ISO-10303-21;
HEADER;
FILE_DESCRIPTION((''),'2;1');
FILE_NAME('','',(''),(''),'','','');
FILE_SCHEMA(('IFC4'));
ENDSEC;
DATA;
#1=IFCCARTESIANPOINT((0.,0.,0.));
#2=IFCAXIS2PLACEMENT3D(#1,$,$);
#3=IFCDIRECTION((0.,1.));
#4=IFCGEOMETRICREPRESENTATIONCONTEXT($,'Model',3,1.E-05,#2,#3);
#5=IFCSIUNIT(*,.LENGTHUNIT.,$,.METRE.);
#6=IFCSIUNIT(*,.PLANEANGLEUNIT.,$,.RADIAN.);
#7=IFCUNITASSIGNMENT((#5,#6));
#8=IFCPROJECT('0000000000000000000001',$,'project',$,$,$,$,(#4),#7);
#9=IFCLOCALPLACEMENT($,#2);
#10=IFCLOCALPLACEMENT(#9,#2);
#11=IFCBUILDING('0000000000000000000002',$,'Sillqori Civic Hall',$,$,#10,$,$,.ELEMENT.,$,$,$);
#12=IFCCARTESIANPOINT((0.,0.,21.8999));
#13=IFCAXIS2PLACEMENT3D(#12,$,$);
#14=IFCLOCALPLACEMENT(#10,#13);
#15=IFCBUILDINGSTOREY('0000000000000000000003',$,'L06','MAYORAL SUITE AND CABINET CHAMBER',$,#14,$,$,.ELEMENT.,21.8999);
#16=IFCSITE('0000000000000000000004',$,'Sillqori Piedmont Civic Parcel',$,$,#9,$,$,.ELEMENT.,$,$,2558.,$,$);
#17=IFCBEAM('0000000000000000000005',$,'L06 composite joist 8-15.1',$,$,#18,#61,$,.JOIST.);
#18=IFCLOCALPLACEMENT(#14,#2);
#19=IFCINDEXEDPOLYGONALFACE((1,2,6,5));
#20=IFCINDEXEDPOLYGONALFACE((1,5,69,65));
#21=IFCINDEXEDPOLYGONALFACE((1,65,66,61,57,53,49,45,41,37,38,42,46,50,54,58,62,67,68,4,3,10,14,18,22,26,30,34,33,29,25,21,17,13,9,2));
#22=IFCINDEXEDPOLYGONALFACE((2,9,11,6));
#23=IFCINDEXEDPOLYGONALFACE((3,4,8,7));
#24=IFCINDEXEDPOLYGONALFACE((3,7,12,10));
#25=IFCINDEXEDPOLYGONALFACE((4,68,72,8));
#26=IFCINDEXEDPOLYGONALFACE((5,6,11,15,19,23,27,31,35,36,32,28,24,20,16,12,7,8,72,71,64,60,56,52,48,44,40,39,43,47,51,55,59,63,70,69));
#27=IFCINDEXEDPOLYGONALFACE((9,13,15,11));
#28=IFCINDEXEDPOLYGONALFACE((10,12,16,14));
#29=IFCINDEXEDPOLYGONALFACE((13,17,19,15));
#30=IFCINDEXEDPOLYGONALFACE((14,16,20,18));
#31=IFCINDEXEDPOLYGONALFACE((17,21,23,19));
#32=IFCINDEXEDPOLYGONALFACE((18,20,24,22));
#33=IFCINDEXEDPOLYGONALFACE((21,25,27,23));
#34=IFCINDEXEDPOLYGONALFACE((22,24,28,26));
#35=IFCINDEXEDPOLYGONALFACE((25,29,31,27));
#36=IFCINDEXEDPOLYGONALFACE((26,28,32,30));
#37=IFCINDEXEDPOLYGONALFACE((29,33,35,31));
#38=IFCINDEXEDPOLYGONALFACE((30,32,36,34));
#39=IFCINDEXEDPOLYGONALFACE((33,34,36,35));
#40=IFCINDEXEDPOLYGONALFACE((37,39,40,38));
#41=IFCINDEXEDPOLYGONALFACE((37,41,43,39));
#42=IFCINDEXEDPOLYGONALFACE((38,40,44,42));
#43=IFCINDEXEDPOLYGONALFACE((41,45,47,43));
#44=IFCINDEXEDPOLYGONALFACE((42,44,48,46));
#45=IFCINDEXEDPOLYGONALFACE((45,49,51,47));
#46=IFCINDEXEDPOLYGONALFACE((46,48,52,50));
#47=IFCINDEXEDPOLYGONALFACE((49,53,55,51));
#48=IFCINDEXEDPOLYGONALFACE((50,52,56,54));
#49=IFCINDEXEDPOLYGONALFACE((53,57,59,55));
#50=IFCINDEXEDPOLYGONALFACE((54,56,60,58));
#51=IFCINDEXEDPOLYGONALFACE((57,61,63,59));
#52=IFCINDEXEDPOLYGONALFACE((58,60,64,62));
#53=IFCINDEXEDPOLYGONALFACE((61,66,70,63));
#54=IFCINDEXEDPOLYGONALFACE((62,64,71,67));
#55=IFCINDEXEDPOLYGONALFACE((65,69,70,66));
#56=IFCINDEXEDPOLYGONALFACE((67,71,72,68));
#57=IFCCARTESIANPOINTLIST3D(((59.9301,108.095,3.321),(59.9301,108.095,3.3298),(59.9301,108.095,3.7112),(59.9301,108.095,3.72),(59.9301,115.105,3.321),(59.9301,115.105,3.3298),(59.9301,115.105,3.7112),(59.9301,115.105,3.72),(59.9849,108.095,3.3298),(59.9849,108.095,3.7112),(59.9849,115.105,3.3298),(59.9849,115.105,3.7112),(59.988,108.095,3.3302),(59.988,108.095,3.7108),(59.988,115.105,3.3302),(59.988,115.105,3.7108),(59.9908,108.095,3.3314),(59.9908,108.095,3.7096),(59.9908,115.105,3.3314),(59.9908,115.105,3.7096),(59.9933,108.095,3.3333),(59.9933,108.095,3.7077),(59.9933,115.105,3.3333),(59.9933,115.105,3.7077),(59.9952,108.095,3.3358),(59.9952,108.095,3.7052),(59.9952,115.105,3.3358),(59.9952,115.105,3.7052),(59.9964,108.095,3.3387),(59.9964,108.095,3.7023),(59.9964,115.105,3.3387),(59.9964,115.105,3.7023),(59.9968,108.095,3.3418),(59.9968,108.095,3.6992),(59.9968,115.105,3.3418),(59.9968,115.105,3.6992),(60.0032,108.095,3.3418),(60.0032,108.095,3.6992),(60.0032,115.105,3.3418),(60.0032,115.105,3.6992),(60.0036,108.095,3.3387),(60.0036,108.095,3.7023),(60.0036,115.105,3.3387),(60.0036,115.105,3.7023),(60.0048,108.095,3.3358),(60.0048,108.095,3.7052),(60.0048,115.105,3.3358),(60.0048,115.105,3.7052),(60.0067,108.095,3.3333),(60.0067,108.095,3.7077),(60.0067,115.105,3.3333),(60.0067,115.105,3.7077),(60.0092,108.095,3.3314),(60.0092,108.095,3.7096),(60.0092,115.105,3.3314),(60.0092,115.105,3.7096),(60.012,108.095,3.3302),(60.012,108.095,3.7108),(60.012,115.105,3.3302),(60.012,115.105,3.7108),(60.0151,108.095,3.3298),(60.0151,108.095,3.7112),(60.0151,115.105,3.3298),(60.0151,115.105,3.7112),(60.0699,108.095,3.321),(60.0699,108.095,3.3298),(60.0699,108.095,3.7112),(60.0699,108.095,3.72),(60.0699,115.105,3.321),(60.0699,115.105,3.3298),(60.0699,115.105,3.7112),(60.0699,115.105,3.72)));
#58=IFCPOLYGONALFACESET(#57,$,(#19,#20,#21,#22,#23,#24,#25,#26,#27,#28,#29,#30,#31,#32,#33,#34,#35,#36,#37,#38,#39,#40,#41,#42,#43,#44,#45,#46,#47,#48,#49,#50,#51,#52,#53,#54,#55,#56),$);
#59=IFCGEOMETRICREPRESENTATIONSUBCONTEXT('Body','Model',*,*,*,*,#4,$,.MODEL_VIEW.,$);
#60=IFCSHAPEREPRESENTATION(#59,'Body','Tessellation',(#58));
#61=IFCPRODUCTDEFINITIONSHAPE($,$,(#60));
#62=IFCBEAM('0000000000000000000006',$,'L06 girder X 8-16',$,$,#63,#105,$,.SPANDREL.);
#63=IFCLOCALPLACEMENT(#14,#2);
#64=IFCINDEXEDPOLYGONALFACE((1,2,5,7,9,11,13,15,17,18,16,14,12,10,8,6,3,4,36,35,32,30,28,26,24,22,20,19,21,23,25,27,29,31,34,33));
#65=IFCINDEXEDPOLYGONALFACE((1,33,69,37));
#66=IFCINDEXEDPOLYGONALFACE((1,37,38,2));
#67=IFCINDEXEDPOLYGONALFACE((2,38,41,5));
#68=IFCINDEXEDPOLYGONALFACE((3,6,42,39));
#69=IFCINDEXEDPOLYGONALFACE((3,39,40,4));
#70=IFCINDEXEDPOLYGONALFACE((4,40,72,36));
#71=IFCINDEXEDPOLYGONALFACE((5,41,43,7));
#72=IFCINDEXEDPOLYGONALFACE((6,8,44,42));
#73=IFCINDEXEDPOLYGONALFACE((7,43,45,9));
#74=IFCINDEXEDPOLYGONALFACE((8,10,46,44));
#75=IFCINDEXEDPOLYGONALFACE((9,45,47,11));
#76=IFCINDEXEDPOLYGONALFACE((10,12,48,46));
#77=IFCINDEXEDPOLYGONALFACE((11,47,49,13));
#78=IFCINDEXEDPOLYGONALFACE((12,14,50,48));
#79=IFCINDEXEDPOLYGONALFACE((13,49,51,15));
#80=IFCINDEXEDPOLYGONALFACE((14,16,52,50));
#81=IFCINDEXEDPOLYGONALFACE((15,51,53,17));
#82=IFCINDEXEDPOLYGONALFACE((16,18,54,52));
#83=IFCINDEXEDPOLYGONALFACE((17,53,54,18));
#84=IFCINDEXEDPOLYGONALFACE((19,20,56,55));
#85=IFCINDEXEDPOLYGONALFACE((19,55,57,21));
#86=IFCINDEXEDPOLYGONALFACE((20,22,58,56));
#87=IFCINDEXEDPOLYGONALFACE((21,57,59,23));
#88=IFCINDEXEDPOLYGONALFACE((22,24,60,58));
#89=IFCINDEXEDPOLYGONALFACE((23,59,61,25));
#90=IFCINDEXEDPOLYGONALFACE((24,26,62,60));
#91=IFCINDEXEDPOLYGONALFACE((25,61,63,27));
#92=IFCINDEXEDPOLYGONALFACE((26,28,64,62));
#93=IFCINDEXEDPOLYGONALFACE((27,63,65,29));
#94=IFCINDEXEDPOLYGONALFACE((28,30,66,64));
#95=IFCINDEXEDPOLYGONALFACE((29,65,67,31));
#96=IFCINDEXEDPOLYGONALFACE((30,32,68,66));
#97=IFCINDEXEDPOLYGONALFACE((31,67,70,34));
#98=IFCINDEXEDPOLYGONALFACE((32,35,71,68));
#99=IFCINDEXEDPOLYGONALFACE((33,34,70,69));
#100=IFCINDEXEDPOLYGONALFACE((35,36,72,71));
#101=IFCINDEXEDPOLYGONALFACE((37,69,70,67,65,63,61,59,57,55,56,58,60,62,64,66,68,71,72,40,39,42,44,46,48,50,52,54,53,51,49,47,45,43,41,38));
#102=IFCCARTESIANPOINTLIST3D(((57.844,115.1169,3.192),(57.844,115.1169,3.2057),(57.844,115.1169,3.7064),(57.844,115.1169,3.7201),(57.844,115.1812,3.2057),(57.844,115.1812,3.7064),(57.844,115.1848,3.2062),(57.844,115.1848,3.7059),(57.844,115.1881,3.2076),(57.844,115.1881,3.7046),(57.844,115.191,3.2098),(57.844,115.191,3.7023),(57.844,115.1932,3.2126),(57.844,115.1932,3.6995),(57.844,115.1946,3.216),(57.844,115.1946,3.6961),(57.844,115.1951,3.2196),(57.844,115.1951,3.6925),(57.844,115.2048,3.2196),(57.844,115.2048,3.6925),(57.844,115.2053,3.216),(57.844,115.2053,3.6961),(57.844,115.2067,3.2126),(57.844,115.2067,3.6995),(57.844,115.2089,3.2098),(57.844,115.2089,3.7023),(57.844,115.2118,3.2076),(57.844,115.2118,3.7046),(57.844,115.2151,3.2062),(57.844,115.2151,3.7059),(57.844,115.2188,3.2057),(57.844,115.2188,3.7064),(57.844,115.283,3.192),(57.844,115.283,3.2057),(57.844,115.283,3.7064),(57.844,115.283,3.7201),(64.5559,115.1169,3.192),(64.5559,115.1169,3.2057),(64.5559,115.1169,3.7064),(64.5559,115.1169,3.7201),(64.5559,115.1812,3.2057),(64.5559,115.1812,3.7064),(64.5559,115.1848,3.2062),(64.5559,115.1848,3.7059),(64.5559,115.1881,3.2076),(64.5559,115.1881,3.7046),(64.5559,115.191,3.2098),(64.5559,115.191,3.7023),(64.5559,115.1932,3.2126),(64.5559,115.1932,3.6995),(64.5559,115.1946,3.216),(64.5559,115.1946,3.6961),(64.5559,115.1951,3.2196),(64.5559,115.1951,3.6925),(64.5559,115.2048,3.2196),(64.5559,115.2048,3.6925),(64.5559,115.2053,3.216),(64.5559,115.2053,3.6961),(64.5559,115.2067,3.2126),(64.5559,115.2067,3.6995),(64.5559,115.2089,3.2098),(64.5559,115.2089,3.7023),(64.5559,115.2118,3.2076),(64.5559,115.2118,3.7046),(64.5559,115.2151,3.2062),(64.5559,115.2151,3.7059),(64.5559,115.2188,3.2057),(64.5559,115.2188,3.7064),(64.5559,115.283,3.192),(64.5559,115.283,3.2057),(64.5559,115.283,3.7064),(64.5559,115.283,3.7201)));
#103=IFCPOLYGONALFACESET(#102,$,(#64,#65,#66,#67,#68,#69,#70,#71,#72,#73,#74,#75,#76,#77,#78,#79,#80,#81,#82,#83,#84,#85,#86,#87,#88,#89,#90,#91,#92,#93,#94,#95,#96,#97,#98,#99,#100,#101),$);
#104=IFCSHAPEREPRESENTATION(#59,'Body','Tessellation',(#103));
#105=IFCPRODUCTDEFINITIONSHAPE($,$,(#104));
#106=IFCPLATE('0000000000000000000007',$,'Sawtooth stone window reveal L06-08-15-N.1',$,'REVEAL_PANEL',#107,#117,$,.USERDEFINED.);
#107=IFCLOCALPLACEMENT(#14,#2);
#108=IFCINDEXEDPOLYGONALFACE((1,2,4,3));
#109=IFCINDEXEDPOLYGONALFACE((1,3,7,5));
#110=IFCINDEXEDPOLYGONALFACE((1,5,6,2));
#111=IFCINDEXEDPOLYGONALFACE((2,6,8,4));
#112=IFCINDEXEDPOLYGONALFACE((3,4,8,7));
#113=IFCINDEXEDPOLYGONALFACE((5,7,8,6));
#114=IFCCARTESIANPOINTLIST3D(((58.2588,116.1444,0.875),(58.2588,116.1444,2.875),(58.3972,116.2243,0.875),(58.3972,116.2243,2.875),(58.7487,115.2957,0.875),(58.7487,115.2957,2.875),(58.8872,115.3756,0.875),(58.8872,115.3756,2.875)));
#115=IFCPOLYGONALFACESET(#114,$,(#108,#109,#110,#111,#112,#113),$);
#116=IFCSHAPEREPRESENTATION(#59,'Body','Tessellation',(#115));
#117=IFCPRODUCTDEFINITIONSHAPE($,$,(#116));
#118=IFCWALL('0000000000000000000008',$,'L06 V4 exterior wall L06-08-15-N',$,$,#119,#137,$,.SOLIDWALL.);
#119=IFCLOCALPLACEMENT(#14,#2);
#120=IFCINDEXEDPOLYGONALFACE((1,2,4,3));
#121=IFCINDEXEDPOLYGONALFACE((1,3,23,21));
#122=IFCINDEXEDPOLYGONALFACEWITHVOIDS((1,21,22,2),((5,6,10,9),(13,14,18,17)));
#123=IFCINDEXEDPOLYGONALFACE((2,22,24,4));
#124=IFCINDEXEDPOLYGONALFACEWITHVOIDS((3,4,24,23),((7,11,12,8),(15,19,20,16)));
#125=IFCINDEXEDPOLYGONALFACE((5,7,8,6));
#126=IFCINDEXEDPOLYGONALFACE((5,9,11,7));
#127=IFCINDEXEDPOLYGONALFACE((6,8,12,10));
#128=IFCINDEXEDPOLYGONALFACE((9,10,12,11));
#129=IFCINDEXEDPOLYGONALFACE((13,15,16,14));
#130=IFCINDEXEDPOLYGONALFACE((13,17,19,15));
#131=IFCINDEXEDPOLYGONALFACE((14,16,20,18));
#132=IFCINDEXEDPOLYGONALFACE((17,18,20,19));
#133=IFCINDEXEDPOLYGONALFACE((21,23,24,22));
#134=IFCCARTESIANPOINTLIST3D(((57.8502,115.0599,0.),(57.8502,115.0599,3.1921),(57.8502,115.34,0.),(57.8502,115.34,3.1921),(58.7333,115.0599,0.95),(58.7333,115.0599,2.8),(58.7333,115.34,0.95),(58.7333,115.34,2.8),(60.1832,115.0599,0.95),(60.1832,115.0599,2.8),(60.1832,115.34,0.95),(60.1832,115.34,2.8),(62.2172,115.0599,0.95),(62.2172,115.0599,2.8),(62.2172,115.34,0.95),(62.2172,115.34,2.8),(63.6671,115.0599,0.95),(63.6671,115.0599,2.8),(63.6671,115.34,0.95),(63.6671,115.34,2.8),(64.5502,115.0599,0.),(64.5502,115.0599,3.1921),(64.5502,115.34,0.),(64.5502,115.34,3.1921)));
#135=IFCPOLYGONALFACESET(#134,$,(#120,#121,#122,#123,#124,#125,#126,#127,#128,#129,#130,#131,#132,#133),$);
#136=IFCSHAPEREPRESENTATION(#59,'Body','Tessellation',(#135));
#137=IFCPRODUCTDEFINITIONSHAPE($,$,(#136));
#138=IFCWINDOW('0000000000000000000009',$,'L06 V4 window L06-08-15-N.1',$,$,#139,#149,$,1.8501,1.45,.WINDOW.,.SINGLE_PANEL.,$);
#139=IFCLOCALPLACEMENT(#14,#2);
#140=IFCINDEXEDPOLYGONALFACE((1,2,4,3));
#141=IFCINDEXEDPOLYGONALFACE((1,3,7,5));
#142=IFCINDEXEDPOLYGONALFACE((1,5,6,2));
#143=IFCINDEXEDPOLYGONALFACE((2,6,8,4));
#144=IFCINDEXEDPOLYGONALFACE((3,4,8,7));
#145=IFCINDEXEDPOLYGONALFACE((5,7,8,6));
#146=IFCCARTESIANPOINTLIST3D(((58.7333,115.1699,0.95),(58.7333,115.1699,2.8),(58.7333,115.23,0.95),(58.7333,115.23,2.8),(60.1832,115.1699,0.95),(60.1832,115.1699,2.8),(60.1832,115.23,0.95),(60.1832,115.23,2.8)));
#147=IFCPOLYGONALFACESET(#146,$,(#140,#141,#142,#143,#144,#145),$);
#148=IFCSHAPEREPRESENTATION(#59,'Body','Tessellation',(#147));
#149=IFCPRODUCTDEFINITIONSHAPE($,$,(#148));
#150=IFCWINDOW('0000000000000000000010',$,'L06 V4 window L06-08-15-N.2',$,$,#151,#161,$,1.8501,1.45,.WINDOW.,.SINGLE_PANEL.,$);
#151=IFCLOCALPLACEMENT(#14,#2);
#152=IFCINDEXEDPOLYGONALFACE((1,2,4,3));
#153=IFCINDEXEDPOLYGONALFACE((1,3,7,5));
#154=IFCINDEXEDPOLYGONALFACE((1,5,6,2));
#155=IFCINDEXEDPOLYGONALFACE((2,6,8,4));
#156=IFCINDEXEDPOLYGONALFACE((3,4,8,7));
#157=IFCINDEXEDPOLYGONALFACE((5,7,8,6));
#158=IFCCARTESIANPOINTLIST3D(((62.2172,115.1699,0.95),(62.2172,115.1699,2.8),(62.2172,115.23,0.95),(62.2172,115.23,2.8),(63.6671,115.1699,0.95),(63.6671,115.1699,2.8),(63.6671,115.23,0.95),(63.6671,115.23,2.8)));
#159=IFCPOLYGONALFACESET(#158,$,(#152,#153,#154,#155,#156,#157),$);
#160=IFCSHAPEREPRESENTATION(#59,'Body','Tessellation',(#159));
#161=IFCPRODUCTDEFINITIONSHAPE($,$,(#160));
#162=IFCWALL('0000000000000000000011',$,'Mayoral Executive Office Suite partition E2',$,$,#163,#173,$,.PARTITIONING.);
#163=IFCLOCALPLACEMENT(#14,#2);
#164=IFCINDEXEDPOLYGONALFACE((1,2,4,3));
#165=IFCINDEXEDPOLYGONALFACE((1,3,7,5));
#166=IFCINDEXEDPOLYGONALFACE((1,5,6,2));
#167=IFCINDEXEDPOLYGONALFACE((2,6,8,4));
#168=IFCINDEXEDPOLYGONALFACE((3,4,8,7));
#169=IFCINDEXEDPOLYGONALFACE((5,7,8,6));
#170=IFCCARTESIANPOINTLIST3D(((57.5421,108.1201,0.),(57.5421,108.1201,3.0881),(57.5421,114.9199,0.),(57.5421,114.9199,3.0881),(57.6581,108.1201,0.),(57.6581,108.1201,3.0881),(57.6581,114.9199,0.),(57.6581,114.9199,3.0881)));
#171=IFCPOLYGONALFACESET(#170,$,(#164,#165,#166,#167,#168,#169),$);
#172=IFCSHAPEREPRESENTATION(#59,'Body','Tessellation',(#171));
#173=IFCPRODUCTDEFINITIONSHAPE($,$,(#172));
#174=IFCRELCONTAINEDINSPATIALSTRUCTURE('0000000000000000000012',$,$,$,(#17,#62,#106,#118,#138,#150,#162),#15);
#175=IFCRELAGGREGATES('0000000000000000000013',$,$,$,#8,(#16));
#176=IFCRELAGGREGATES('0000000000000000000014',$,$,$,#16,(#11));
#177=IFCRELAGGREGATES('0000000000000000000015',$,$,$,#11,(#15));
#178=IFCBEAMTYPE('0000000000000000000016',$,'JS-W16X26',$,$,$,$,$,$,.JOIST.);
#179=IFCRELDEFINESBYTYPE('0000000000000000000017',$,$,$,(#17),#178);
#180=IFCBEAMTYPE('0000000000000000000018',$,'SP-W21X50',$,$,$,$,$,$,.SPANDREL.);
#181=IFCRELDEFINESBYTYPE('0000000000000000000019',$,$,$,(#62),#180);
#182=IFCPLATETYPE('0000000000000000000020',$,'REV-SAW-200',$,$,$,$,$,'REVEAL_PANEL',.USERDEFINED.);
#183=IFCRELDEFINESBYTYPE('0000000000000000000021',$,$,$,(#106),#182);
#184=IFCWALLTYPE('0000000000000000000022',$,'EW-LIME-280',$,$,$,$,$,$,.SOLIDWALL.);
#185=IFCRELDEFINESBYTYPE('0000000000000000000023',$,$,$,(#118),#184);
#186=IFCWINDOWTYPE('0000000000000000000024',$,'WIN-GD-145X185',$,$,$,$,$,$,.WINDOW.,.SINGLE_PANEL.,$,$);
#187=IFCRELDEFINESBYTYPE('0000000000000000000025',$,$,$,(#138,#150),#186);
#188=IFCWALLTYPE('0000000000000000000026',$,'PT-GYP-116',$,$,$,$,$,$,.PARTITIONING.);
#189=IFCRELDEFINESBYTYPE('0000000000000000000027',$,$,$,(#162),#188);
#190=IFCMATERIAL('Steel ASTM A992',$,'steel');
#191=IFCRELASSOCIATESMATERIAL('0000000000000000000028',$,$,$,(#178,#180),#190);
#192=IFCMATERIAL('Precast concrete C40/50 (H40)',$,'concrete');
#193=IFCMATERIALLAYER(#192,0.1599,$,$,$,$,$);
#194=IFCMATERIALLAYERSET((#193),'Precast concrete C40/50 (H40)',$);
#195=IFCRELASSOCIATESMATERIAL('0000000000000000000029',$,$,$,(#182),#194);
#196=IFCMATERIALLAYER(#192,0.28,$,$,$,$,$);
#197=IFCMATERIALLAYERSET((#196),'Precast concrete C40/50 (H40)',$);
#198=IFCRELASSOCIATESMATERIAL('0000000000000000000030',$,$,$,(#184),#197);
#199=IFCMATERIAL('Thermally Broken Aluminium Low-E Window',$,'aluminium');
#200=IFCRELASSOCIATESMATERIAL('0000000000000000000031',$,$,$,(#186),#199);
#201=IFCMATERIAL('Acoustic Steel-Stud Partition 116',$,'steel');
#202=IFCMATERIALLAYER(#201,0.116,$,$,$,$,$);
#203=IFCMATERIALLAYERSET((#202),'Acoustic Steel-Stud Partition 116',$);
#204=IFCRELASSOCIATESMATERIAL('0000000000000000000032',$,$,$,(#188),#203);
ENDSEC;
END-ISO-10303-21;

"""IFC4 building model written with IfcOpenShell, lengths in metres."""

from ifc_helpers import new_model, si_unit, direction, frame, frame_2d, origin, origin_2d, place, context, subcontext, project, spatial, rectangle, i_section, extrude, material, layer, layer_set, material_profile, profile_set, type_object, element, fill, save


model = new_model("IFC4")

# Units and contexts
model_context = context("Model", 3, precision=1e-05, world=origin(), true_north=direction((0.0, 1.0)))
body_context = subcontext(model_context, "Body", "Model", "MODEL_VIEW")
ifc_project = project(units=[si_unit("LENGTHUNIT", "METRE"), si_unit("PLANEANGLEUNIT", "RADIAN")], contexts=[model_context])

# Site, building, storey
site_placement = place(None, origin())
site = spatial("IfcSite", under=ifc_project, at=site_placement, Name="Sillqori Piedmont Civic Parcel", CompositionType="ELEMENT", RefElevation=2558.0)
building_placement = place(site_placement, origin())
building = spatial("IfcBuilding", under=site, at=building_placement, Name="Sillqori Civic Hall", CompositionType="ELEMENT")
storey_placement = place(building_placement, frame((0.0, 0.0, 21.8999)))
storey = spatial("IfcBuildingStorey", under=building, at=storey_placement, Name="L06", Description="MAYORAL SUITE AND CABINET CHAMBER", CompositionType="ELEMENT", Elevation=21.8999)

# Shared definitions
ifc_material_1 = material(Name="Steel ASTM A992", Category="steel")

# Beams
ifc_material_profile_1 = material_profile(ifc_material_1, i_section(OverallWidth=0.1399, OverallDepth=0.3989, WebThickness=0.0063, FlangeThickness=0.0088, FilletRadius=0.012, at=origin_2d()), Name="W16X26")
ifc_profile_set_1 = profile_set([ifc_material_profile_1], Name="Steel ASTM A992")
beam_type_1 = type_object("IfcBeamType", Name="JS-W16X26", PredefinedType="JOIST", material=ifc_profile_set_1)
beam_1_placement = place(storey_placement, frame((60.0, 108.095, 3.5205), z_axis=(0.0, 1.0, 0.0), x_axis=(-1.0, 0.0, 0.0)))
element("IfcBeam", 1, at=beam_1_placement, inside=storey, type_object=beam_type_1, Name="L06 composite joist 8-15.1", PredefinedType="JOIST", context=body_context, shape_type="SweptSolid", body=[
    extrude(i_section(OverallWidth=0.1399, OverallDepth=0.3989, WebThickness=0.0063, FlangeThickness=0.0088, FilletRadius=0.012, at=origin_2d()), origin(), (0.0, 0.0, 1.0), 7.01),
])
ifc_material_profile_2 = material_profile(ifc_material_1, i_section(OverallWidth=0.166, OverallDepth=0.5281, WebThickness=0.0098, FlangeThickness=0.0137, FilletRadius=0.0139, at=origin_2d()), Name="W21X50")
ifc_profile_set_2 = profile_set([ifc_material_profile_2], Name="Steel ASTM A992")
beam_type_2 = type_object("IfcBeamType", Name="SP-W21X50", PredefinedType="SPANDREL", material=ifc_profile_set_2)
beam_2_placement = place(storey_placement, frame((57.844, 115.2, 3.4561), z_axis=(1.0, 0.0, 0.0), x_axis=(0.0, 1.0, 0.0)))
element("IfcBeam", 2, at=beam_2_placement, inside=storey, type_object=beam_type_2, Name="L06 girder X 8-16", PredefinedType="SPANDREL", context=body_context, shape_type="SweptSolid", body=[
    extrude(i_section(OverallWidth=0.166, OverallDepth=0.5281, WebThickness=0.0098, FlangeThickness=0.0137, FilletRadius=0.0139, at=origin_2d()), origin(), (0.0, 0.0, 1.0), 6.7119),
])

# Plate
ifc_material_2 = material(Name="Precast concrete C40/50 (H40)", Category="concrete")
ifc_layer_1 = layer(ifc_material_2, 0.1599)
ifc_layer_set_1 = layer_set([ifc_layer_1], Name="Precast concrete C40/50 (H40)")
plate_type = type_object("IfcPlateType", Name="REV-SAW-200", ElementType="REVEAL_PANEL", PredefinedType="USERDEFINED", material=ifc_layer_set_1)
plate_placement = place(storey_placement, frame((58.573, 115.76, 0.875), z_axis=(0.0, 0.0, 1.0), x_axis=(0.866025, 0.5, 0.0)))
element("IfcPlate", 3, at=plate_placement, inside=storey, type_object=plate_type, Name="Sawtooth stone window reveal L06-08-15-N.1", ObjectType="REVEAL_PANEL", PredefinedType="USERDEFINED", context=body_context, shape_type="SweptSolid", body=[
    extrude(rectangle(XDim=0.1599, YDim=0.98, at=origin_2d()), origin(), (0.0, 0.0, 1.0), 2.0),
])

# Wall, openings, windows
ifc_layer_2 = layer(ifc_material_2, 0.28)
ifc_layer_set_2 = layer_set([ifc_layer_2], Name="Precast concrete C40/50 (H40)")
wall_type_1 = type_object("IfcWallType", Name="EW-LIME-280", PredefinedType="SOLIDWALL", material=ifc_layer_set_2)
wall_1_placement = place(storey_placement, frame((57.8501, 115.2, 0.0), z_axis=(0.0, 0.0, 1.0), x_axis=(1.0, 0.0, 0.0)))
wall_1 = element("IfcWall", 4, at=wall_1_placement, inside=storey, type_object=wall_type_1, Name="L06 V4 exterior wall L06-08-15-N", PredefinedType="SOLIDWALL", context=body_context, shape_type="SweptSolid", body=[
    extrude(rectangle(XDim=6.7, YDim=0.28, at=frame_2d((3.3501, 0.0))), origin(), (0.0, 0.0, 1.0), 3.1921),
])
opening_1_placement = place(wall_1_placement, frame((0.8831, 0.0, 0.95)))
opening_1 = element("IfcOpeningElement", 5, at=opening_1_placement, cuts=wall_1, PredefinedType="OPENING", context=body_context, shape_type="SweptSolid", body=[
    extrude(rectangle(XDim=1.45, YDim=1.8501, at=frame_2d((0.7251, 0.925))), frame((0.0, 0.1499, 0.0), z_axis=(0.0, -1.0, 0.0), x_axis=(1.0, 0.0, 0.0)), (0.0, 0.0, 1.0), 0.3),
])
opening_2_placement = place(wall_1_placement, frame((4.3669, 0.0, 0.95)))
opening_2 = element("IfcOpeningElement", 6, at=opening_2_placement, cuts=wall_1, PredefinedType="OPENING", context=body_context, shape_type="SweptSolid", body=[
    extrude(rectangle(XDim=1.45, YDim=1.8501, at=frame_2d((0.7251, 0.925))), frame((0.0, 0.1499, 0.0), z_axis=(0.0, -1.0, 0.0), x_axis=(1.0, 0.0, 0.0)), (0.0, 0.0, 1.0), 0.3),
])
ifc_material_3 = material(Name="Thermally Broken Aluminium Low-E Window", Category="aluminium")
window_type = type_object("IfcWindowType", Name="WIN-GD-145X185", PartitioningType="SINGLE_PANEL", PredefinedType="WINDOW", material=ifc_material_3)
window_1_placement = place(opening_1_placement, origin())
window_1 = element("IfcWindow", 7, at=window_1_placement, inside=storey, type_object=window_type, Name="L06 V4 window L06-08-15-N.1", OverallHeight=1.8501, OverallWidth=1.45, PartitioningType="SINGLE_PANEL", PredefinedType="WINDOW", context=body_context, shape_type="SweptSolid", body=[
    extrude(rectangle(XDim=1.45, YDim=1.8501, at=frame_2d((0.7251, 0.925))), frame((0.0, 0.03, 0.0), z_axis=(0.0, -1.0, 0.0), x_axis=(1.0, 0.0, 0.0)), (0.0, 0.0, 1.0), 0.0601),
])
fill(opening_1, window_1)
window_2_placement = place(opening_2_placement, origin())
window_2 = element("IfcWindow", 8, at=window_2_placement, inside=storey, type_object=window_type, Name="L06 V4 window L06-08-15-N.2", OverallHeight=1.8501, OverallWidth=1.45, PartitioningType="SINGLE_PANEL", PredefinedType="WINDOW", context=body_context, shape_type="SweptSolid", body=[
    extrude(rectangle(XDim=1.45, YDim=1.8501, at=frame_2d((0.7251, 0.925))), frame((0.0, 0.03, 0.0), z_axis=(0.0, -1.0, 0.0), x_axis=(1.0, 0.0, 0.0)), (0.0, 0.0, 1.0), 0.0601),
])
fill(opening_2, window_2)

# Wall
ifc_material_4 = material(Name="Acoustic Steel-Stud Partition 116", Category="steel")
ifc_layer_3 = layer(ifc_material_4, 0.116)
ifc_layer_set_3 = layer_set([ifc_layer_3], Name="Acoustic Steel-Stud Partition 116")
wall_type_2 = type_object("IfcWallType", Name="PT-GYP-116", PredefinedType="PARTITIONING", material=ifc_layer_set_3)
wall_2_placement = place(storey_placement, frame((57.6001, 114.9199, 0.0), z_axis=(0.0, 0.0, 1.0), x_axis=(0.0, -1.0, 0.0)))
element("IfcWall", 9, at=wall_2_placement, inside=storey, type_object=wall_type_2, Name="Mayoral Executive Office Suite partition E2", PredefinedType="PARTITIONING", context=body_context, shape_type="SweptSolid", body=[
    extrude(rectangle(XDim=6.7998, YDim=0.116, at=frame_2d((3.3999, 0.0))), origin(), (0.0, 0.0, 1.0), 3.0881),
])

save(model, "model.ifc")
